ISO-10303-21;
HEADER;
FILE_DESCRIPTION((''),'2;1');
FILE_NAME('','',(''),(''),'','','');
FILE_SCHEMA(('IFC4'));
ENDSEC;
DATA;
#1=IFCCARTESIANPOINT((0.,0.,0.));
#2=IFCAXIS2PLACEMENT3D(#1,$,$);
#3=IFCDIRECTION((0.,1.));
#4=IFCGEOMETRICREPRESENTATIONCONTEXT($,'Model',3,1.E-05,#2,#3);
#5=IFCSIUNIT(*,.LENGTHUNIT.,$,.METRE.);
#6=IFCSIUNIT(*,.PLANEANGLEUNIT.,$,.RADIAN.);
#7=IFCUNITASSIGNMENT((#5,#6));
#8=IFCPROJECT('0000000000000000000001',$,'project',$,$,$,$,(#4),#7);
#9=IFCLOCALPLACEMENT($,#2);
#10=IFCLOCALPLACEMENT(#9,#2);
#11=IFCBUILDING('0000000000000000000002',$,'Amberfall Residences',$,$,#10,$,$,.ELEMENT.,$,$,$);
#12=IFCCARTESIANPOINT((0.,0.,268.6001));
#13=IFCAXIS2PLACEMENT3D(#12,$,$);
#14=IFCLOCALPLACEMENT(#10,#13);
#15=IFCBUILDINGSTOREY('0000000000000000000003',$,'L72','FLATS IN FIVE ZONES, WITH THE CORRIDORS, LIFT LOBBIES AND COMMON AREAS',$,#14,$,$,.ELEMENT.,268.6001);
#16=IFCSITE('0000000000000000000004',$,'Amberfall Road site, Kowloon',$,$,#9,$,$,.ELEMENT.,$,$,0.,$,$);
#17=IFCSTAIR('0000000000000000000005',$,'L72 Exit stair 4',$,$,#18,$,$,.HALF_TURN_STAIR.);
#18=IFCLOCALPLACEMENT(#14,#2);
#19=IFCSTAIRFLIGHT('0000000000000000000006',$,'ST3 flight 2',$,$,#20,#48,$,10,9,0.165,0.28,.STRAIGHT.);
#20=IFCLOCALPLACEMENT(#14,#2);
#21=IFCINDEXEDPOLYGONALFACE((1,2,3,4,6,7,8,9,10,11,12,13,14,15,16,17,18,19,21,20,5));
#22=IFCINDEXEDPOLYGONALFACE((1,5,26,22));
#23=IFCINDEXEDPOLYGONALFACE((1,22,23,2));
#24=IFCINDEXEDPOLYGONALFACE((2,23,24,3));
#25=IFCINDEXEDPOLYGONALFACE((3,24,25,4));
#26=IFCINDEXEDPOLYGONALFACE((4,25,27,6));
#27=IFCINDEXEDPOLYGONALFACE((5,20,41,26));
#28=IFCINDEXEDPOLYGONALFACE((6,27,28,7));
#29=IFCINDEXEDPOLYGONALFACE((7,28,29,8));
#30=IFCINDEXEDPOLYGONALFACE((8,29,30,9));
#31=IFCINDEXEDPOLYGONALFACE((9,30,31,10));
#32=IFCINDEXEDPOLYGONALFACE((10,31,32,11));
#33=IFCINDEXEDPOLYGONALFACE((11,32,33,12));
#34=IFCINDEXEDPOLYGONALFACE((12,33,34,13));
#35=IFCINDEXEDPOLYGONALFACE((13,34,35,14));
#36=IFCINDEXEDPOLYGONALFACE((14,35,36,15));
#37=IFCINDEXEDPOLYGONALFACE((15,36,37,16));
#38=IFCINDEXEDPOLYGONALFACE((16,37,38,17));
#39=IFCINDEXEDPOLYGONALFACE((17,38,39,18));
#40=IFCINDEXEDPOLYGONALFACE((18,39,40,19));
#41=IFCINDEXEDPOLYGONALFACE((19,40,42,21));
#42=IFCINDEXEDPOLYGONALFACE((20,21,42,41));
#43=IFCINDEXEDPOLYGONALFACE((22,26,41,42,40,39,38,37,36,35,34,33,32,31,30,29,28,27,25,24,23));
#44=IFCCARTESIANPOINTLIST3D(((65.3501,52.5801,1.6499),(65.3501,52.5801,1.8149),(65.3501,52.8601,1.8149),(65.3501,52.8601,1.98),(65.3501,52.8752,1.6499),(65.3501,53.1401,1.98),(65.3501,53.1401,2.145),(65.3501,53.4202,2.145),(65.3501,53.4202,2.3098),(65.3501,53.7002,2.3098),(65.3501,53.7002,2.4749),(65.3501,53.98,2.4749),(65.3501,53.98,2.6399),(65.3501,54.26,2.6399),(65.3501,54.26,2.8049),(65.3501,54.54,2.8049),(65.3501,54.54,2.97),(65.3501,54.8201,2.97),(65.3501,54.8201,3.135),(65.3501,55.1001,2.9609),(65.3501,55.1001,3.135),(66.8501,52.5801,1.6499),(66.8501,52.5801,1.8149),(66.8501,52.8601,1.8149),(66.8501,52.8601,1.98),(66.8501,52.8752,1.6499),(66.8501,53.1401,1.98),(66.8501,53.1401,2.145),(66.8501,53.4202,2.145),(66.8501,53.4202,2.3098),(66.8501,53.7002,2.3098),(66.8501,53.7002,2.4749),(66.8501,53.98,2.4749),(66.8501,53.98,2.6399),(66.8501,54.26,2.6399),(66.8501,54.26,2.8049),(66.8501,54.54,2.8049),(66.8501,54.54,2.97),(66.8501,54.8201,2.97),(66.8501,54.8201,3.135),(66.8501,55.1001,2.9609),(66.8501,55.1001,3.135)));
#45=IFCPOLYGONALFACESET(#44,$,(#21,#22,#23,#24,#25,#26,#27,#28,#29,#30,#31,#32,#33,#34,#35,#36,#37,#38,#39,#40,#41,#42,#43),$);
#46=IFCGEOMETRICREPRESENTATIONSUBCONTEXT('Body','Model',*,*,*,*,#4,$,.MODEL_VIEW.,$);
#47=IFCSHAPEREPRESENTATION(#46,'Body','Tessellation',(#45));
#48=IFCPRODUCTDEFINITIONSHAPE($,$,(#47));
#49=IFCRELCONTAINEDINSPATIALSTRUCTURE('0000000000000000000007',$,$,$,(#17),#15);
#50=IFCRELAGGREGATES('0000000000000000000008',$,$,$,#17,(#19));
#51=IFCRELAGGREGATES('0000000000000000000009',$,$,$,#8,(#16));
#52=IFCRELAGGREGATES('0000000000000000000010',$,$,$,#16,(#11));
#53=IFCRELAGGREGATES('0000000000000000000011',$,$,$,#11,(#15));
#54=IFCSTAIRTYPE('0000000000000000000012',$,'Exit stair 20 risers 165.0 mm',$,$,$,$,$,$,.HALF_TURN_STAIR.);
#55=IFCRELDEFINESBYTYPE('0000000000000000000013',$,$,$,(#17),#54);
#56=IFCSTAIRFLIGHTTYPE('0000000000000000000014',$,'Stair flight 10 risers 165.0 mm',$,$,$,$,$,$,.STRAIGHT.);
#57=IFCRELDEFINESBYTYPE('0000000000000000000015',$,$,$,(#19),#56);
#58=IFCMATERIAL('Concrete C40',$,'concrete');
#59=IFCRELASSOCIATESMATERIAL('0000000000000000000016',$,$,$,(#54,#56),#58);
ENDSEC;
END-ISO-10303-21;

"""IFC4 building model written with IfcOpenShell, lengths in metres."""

from ifc_helpers import new_model, si_unit, direction, frame, origin, place, context, subcontext, project, spatial, polyline, outline, extrude, material, type_object, element, aggregate, save


model = new_model("IFC4")

# Units and contexts
model_context = context("Model", 3, precision=1e-05, world=origin(), true_north=direction((0.0, 1.0)))
body_context = subcontext(model_context, "Body", "Model", "MODEL_VIEW")
ifc_project = project(units=[si_unit("LENGTHUNIT", "METRE"), si_unit("PLANEANGLEUNIT", "RADIAN")], contexts=[model_context])

# Site, building, storey
site_placement = place(None, origin())
site = spatial("IfcSite", under=ifc_project, at=site_placement, Name="Amberfall Road site, Kowloon", CompositionType="ELEMENT", RefElevation=0.0)
building_placement = place(site_placement, origin())
building = spatial("IfcBuilding", under=site, at=building_placement, Name="Amberfall Residences", CompositionType="ELEMENT")
storey_placement = place(building_placement, frame((0.0, 0.0, 268.6001)))
storey = spatial("IfcBuildingStorey", under=building, at=storey_placement, Name="L72", Description="FLATS IN FIVE ZONES, WITH THE CORRIDORS, LIFT LOBBIES AND COMMON AREAS", CompositionType="ELEMENT", Elevation=268.6001)

# Stair, stair flight
ifc_material_1 = material(Name="Concrete C40", Category="concrete")
stair_type = type_object("IfcStairType", Name="Exit stair 20 risers 165.0 mm", PredefinedType="HALF_TURN_STAIR", material=ifc_material_1)
stair_placement = place(storey_placement, origin())
stair = element("IfcStair", 1, at=stair_placement, inside=storey, type_object=stair_type, Name="L72 Exit stair 4", PredefinedType="HALF_TURN_STAIR")
stair_flight_type = type_object("IfcStairFlightType", Name="Stair flight 10 risers 165.0 mm", PredefinedType="STRAIGHT", material=ifc_material_1)
stair_flight_1_placement = place(storey_placement, frame((66.1001, 52.5801, 1.6499), z_axis=(0.0, 0.0, 1.0), x_axis=(0.0, 1.0, 0.0)))
stair_flight_1 = element("IfcStairFlight", 2, at=stair_flight_1_placement, type_object=stair_flight_type, Name="ST3 flight 2", NumberOfRisers=10, NumberOfTreads=9, PredefinedType="STRAIGHT", RiserHeight=0.165, TreadLength=0.28, context=body_context, shape_type="SweptSolid", body=[
    extrude(outline(polyline([(0.0, 0.0), (0.0, 0.165), (0.28, 0.165), (0.28, 0.3301), (0.5601, 0.3301), (0.5601, 0.4951), (0.8401, 0.4951), (0.8401, 0.6599), (1.1201, 0.6599), (1.1201, 0.825), (1.3999, 0.825), (1.3999, 0.99), (1.6799, 0.99), (1.6799, 1.155), (1.96, 1.155), (1.96, 1.3201), (2.24, 1.3201), (2.24, 1.4851), (2.52, 1.4851), (2.52, 1.6499), (2.52, 1.311), (0.2952, 0.0), (0.0, 0.0)])), frame((0.0, 0.75, 0.0), z_axis=(0.0, -1.0, 0.0), x_axis=(1.0, 0.0, 0.0)), (0.0, 0.0, 1.0), 1.5),
])
aggregate(stair, [stair_flight_1])

save(model, "model.ifc")
